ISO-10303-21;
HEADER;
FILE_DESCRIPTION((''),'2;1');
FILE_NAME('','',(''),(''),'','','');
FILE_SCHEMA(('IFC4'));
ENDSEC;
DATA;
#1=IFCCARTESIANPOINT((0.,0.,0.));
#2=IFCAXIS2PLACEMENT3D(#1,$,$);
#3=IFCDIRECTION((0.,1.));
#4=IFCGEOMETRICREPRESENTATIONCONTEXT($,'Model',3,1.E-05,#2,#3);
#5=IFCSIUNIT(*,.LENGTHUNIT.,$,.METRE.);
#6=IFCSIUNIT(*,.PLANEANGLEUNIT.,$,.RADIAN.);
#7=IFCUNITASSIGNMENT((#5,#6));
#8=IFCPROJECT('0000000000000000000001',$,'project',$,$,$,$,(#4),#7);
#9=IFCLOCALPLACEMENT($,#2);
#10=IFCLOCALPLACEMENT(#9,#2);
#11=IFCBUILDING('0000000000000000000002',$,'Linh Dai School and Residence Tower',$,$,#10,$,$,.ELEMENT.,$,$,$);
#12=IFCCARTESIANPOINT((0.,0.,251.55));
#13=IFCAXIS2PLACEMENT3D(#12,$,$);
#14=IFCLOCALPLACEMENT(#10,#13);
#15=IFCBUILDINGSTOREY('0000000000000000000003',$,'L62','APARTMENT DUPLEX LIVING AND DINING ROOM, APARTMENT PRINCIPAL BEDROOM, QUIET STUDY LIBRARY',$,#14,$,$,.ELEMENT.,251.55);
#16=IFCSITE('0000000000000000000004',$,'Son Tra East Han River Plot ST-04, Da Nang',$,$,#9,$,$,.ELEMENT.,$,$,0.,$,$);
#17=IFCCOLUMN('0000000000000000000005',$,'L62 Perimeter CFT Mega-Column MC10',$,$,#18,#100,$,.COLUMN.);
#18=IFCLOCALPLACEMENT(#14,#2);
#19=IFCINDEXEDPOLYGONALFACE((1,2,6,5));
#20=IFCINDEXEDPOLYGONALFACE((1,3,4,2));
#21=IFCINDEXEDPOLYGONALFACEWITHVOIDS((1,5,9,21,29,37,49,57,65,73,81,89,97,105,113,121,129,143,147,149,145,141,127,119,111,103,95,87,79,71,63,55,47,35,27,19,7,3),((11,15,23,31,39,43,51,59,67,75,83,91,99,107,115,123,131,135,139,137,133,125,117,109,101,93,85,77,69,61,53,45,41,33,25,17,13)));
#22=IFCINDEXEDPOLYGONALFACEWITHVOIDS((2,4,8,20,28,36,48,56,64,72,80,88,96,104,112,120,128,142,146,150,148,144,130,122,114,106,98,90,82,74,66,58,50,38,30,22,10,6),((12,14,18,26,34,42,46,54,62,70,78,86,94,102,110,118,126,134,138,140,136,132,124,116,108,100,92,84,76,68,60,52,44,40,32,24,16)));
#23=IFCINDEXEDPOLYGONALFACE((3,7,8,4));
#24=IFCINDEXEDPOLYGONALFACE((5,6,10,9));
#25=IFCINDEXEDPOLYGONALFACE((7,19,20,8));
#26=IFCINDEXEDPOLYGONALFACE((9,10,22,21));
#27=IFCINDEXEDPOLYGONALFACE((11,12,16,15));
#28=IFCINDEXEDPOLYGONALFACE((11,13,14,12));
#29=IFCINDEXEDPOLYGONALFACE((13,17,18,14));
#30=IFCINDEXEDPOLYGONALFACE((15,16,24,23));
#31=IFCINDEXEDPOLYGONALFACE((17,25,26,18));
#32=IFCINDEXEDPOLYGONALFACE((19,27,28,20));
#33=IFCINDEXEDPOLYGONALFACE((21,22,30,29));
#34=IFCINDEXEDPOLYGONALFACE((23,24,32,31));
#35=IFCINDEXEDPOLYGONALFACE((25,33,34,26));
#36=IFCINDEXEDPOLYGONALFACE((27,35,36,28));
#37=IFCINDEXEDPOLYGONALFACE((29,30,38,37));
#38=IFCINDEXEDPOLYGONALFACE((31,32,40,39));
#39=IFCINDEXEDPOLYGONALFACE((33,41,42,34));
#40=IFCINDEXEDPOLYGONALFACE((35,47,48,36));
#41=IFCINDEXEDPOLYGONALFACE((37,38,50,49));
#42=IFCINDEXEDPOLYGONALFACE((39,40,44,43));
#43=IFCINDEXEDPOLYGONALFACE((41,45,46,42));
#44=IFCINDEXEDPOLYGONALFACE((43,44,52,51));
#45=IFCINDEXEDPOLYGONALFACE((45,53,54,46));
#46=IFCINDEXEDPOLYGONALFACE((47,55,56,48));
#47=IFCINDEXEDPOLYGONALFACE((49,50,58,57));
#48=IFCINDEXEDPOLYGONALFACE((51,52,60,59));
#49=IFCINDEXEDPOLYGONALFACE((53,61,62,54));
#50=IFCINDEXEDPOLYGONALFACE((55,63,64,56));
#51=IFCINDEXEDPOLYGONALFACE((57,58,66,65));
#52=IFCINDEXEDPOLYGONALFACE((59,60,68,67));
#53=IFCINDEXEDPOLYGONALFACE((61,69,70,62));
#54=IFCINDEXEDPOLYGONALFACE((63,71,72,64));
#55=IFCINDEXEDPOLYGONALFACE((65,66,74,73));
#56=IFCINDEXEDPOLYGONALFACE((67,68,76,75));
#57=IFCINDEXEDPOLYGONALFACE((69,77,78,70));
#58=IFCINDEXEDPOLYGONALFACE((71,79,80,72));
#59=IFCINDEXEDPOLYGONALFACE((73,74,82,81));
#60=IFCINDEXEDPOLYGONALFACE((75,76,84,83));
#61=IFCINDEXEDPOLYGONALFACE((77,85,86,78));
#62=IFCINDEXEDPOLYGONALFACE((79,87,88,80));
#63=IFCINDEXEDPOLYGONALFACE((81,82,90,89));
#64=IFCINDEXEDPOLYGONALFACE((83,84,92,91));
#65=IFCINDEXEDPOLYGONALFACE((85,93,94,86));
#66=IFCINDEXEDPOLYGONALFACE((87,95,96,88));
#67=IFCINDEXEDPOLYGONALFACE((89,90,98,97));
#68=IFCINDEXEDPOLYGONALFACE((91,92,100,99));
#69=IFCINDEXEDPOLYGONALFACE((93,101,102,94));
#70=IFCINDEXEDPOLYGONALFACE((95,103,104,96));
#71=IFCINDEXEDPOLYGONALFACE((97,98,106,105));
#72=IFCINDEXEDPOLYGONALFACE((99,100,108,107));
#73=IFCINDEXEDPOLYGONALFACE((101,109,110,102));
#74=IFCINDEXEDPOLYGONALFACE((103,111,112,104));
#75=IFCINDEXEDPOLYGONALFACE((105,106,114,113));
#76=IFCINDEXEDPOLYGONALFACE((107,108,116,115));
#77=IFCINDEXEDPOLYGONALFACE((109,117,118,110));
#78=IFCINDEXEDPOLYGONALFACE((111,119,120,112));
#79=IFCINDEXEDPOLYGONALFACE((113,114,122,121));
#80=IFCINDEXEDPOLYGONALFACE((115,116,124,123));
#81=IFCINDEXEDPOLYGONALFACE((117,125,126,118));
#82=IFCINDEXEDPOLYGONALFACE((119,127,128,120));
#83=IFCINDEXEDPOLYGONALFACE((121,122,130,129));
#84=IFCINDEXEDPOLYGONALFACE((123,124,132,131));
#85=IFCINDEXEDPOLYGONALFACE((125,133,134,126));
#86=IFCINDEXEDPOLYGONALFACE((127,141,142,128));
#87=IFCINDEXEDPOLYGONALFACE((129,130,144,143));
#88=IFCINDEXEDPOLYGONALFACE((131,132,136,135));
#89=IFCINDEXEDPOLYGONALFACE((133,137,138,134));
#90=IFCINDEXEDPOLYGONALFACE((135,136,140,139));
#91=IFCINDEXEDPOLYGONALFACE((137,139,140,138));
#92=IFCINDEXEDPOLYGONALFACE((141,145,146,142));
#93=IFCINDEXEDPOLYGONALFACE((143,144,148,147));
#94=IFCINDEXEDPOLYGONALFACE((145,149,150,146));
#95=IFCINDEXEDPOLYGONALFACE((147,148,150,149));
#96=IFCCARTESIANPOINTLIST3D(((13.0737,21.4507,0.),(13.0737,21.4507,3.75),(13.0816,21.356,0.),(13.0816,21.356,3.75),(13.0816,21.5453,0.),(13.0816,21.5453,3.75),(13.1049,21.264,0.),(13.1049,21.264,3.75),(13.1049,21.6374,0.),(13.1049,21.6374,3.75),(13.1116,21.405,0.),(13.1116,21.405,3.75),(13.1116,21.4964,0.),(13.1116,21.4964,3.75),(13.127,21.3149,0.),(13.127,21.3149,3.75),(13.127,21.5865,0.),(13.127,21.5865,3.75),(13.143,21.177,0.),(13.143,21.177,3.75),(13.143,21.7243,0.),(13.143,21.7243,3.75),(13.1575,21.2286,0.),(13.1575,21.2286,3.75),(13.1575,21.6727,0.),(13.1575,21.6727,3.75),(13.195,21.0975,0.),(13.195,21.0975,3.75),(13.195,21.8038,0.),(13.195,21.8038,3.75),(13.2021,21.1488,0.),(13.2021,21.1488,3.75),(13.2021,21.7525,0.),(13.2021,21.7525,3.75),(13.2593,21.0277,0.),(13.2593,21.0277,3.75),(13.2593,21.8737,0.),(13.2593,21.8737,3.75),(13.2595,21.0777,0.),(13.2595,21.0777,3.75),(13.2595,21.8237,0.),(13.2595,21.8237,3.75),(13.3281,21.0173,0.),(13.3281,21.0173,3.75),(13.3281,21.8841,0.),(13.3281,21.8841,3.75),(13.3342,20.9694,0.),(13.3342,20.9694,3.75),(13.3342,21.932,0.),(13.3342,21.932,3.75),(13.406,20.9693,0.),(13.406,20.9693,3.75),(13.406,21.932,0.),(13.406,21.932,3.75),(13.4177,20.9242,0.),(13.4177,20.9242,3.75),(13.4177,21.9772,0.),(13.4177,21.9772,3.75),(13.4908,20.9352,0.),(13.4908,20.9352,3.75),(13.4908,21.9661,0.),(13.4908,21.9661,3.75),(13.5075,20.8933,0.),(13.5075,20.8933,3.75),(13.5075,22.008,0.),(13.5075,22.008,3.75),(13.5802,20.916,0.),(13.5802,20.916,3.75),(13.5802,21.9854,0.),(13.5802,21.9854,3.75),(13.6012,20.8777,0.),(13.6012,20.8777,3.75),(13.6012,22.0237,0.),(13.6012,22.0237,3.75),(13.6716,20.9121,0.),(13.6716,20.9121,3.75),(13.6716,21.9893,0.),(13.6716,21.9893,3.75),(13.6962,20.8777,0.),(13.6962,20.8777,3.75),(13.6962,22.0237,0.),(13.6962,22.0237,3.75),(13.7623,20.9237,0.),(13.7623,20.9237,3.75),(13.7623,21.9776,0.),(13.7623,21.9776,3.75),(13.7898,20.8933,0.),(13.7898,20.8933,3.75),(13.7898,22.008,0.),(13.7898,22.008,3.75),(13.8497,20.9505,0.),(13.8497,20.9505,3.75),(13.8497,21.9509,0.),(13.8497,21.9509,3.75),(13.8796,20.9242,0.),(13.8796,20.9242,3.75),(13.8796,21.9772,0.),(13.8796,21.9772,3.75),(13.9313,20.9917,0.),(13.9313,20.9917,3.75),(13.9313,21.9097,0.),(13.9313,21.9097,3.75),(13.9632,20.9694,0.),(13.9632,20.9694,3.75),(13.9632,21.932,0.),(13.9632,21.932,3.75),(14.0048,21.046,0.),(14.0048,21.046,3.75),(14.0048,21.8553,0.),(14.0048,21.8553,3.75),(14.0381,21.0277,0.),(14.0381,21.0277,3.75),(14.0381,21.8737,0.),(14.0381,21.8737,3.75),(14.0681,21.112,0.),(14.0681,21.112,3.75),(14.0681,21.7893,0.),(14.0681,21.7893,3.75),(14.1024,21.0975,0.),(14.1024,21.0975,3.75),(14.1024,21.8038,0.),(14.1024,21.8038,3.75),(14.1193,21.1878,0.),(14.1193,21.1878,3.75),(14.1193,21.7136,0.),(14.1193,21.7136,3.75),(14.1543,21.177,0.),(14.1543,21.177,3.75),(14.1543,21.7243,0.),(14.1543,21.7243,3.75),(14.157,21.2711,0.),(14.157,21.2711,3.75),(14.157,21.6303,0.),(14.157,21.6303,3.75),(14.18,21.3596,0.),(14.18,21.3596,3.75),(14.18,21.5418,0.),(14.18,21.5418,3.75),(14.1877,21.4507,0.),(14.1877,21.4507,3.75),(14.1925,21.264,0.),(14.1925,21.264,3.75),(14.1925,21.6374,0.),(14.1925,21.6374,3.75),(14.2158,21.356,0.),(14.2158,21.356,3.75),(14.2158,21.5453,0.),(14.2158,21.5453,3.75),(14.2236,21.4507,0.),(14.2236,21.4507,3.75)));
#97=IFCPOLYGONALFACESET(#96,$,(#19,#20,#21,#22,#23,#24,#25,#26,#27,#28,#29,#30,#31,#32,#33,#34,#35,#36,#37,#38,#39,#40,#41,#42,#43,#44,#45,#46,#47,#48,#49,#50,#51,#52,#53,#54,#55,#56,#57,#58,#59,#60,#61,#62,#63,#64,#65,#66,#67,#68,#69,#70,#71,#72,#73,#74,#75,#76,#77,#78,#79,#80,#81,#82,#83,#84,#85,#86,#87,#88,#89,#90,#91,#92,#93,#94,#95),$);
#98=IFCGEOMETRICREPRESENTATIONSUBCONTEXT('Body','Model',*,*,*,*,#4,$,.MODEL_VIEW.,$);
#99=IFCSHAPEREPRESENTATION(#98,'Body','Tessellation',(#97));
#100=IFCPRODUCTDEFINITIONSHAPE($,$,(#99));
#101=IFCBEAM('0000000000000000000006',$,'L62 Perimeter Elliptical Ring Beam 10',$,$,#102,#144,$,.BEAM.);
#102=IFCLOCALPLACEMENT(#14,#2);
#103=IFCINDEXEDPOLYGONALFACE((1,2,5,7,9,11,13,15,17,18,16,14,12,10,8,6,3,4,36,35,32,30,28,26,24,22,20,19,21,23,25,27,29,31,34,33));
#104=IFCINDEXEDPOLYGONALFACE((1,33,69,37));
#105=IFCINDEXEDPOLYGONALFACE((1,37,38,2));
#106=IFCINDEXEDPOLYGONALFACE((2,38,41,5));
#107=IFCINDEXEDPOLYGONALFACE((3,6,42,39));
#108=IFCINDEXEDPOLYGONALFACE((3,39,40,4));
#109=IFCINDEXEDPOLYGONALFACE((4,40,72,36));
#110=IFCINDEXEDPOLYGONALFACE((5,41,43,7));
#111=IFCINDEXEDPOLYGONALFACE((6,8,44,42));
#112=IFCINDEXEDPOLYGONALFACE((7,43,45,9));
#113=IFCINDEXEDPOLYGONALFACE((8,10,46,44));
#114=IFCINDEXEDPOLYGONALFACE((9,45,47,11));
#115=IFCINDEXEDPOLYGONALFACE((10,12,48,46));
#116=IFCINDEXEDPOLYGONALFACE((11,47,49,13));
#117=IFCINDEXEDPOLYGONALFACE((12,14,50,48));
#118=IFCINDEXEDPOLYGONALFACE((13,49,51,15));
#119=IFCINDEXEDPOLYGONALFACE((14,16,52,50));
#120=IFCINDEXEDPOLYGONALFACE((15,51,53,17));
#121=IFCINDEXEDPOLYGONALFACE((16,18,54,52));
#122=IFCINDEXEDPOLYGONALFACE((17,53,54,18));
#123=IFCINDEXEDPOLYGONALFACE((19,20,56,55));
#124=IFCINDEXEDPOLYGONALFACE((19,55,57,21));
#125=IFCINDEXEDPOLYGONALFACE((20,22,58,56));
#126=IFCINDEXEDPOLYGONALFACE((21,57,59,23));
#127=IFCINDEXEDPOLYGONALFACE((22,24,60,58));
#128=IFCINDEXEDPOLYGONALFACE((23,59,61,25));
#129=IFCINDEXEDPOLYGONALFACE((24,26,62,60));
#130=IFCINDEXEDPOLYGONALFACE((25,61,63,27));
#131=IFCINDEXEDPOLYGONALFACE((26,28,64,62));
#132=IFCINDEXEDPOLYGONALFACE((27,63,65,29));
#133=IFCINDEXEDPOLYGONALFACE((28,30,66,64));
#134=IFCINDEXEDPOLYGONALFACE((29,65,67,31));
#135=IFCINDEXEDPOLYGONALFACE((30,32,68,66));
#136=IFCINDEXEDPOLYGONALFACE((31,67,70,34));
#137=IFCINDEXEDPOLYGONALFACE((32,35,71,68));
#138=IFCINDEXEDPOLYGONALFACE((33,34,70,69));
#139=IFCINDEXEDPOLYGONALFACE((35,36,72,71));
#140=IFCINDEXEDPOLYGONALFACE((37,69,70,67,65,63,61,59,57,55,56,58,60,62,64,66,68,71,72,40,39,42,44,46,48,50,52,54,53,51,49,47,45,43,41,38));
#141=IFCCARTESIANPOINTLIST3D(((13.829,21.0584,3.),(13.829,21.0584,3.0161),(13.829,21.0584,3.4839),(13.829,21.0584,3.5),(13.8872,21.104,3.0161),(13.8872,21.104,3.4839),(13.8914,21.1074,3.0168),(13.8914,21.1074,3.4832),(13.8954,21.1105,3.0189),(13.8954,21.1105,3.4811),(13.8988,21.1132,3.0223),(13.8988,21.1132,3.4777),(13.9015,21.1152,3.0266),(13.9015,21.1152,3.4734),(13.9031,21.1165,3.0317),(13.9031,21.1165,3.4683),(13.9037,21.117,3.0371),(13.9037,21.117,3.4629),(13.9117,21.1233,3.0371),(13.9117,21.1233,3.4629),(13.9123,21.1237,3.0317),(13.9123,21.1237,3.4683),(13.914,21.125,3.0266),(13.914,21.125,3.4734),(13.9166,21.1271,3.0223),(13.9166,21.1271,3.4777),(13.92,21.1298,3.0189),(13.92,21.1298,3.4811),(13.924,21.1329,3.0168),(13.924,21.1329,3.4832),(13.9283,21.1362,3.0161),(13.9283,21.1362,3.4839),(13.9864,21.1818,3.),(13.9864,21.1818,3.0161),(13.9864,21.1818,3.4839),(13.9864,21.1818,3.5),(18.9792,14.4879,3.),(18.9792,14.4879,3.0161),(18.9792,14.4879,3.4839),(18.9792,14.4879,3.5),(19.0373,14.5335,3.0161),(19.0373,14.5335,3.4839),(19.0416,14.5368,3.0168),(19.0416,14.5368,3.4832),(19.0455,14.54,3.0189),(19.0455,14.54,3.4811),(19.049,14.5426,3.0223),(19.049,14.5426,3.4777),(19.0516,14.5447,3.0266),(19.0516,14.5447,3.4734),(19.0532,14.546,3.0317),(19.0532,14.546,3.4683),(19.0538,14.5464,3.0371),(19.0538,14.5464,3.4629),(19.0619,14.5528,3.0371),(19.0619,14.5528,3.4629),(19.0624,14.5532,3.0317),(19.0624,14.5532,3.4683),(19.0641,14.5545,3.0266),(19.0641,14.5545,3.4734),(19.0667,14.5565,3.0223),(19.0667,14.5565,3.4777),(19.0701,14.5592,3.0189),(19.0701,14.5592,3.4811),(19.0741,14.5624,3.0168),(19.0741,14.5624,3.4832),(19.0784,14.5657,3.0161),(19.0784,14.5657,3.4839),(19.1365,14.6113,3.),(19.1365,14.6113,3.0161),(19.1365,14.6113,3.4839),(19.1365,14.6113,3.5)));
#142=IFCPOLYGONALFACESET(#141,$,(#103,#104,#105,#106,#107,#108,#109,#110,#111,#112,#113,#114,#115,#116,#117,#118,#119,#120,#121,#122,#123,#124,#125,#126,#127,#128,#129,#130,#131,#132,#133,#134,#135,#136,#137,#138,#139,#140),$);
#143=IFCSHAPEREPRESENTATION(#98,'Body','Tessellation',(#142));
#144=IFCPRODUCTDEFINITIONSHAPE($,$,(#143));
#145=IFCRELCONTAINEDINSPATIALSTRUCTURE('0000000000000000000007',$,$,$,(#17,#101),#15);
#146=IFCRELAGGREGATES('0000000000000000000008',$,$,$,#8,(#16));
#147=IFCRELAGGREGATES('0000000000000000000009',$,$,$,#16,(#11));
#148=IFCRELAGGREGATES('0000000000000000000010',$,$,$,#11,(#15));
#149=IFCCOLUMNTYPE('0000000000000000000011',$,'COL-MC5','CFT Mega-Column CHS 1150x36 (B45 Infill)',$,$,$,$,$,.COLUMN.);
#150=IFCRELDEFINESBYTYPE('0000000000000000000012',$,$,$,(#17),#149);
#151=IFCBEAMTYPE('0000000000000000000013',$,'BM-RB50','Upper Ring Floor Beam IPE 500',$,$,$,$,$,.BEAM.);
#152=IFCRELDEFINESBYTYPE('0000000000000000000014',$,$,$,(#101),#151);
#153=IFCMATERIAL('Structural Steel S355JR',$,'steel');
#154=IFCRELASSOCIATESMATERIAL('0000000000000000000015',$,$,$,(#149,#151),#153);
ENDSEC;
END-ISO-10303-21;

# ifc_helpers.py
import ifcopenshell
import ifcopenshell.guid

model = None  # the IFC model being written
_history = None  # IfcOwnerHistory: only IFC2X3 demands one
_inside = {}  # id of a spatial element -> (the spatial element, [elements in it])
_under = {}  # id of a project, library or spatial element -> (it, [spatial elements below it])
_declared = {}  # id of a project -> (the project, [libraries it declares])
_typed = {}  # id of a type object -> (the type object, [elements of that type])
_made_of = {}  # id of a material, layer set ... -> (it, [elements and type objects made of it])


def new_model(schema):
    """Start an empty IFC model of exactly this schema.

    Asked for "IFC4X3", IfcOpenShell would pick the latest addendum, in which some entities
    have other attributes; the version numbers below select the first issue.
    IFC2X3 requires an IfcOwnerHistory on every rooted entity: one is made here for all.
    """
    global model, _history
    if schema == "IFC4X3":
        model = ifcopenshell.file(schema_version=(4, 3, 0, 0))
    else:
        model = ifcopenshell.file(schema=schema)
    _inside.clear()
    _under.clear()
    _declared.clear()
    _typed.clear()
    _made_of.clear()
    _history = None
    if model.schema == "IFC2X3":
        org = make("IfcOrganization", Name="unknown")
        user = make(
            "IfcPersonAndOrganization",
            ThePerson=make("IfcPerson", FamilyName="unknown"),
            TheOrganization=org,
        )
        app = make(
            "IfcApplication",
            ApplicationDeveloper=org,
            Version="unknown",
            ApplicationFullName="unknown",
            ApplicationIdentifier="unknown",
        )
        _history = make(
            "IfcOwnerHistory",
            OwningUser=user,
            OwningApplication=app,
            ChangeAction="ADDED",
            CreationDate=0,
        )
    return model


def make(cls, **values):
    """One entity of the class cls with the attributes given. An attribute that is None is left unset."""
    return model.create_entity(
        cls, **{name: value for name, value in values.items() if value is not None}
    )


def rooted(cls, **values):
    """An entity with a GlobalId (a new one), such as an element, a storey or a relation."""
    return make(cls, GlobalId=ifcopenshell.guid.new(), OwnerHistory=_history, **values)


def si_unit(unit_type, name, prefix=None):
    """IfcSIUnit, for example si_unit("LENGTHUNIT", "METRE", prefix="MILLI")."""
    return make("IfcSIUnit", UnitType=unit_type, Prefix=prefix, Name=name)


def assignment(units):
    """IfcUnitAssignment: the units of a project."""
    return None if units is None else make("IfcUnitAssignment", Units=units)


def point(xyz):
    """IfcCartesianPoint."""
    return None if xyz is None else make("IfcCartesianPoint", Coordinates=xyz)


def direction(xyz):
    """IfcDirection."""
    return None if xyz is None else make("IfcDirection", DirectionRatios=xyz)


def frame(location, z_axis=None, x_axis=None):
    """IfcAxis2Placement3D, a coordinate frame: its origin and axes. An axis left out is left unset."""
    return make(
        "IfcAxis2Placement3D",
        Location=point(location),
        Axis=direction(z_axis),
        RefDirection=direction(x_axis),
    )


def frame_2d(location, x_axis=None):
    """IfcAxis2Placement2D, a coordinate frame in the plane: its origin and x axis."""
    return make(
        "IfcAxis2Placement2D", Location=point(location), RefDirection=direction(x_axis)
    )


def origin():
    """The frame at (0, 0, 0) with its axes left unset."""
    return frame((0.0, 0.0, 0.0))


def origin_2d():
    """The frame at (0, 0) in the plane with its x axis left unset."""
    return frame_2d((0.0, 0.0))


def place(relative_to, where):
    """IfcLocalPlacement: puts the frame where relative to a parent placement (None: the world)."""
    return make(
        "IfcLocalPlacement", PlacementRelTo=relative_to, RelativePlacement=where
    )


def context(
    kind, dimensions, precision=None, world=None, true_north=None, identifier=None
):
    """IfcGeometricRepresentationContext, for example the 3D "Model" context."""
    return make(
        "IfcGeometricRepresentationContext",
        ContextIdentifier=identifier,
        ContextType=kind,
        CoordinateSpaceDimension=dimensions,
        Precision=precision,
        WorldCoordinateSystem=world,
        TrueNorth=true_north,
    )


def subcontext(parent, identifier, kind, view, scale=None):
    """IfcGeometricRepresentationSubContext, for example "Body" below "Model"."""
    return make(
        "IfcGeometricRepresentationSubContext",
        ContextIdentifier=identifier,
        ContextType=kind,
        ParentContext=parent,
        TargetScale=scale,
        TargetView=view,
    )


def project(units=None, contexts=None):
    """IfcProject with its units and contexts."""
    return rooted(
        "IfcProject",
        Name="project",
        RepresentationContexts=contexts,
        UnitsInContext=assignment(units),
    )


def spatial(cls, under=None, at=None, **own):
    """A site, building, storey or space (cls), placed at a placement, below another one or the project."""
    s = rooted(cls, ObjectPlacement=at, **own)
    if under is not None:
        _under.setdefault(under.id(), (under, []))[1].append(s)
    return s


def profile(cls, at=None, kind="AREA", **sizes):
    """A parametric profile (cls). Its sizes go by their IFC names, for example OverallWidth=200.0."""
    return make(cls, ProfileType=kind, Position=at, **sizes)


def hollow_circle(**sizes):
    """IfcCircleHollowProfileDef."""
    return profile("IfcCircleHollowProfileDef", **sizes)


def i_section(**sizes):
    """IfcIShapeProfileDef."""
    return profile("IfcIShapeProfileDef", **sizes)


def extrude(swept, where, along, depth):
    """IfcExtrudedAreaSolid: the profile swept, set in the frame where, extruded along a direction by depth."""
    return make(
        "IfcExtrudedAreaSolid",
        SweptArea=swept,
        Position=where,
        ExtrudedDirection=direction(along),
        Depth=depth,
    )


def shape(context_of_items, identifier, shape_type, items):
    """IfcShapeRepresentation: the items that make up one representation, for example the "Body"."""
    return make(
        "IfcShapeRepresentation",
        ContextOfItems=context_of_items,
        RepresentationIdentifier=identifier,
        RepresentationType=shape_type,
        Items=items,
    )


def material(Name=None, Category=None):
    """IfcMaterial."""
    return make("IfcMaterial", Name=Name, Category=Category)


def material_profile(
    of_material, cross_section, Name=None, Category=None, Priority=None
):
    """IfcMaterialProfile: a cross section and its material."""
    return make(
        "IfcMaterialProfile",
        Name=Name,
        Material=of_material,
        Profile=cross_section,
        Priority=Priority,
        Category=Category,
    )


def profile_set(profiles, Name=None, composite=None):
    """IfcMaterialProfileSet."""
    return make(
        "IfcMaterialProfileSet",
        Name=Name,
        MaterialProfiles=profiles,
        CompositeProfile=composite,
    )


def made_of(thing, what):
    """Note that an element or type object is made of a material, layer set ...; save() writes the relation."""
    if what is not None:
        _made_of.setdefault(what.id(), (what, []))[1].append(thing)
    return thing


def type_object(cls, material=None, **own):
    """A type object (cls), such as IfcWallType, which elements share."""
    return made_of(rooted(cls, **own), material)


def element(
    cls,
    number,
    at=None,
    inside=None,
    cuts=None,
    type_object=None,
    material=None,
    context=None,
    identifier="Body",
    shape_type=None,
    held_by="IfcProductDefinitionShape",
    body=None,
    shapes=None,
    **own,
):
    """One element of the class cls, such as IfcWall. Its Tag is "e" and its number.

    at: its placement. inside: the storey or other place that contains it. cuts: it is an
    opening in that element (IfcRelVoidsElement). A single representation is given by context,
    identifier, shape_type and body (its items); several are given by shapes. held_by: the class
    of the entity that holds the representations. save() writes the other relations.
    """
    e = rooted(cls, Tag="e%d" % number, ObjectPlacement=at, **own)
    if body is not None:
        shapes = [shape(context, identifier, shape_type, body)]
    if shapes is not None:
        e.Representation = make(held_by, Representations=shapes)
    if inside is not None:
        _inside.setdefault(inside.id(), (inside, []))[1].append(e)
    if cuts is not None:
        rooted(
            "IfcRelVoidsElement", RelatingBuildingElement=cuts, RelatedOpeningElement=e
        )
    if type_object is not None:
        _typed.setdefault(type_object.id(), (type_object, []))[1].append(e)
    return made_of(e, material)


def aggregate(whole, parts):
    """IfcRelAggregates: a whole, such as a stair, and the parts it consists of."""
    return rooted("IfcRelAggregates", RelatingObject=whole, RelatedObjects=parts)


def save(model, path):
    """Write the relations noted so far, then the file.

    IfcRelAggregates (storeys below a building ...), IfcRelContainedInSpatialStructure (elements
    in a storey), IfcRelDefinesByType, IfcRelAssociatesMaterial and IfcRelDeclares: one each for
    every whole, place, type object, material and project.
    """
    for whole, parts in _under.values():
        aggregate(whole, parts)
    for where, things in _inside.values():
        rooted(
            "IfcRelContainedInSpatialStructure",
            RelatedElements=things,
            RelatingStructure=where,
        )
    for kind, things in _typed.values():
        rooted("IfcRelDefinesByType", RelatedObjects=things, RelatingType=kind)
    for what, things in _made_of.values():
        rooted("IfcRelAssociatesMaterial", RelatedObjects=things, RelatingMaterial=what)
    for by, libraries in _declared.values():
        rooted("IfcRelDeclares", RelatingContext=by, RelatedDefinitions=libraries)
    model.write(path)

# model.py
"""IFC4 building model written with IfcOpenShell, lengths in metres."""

from ifc_helpers import new_model, si_unit, direction, frame, origin, origin_2d, place, context, subcontext, project, spatial, hollow_circle, i_section, extrude, material, material_profile, profile_set, type_object, element, save


model = new_model("IFC4")

# Units and contexts
model_context = context("Model", 3, precision=1e-05, world=origin(), true_north=direction((0.0, 1.0)))
body_context = subcontext(model_context, "Body", "Model", "MODEL_VIEW")
ifc_project = project(units=[si_unit("LENGTHUNIT", "METRE"), si_unit("PLANEANGLEUNIT", "RADIAN")], contexts=[model_context])

# Site, building, storey
site_placement = place(None, origin())
site = spatial("IfcSite", under=ifc_project, at=site_placement, Name="Son Tra East Han River Plot ST-04, Da Nang", CompositionType="ELEMENT", RefElevation=0.0)
building_placement = place(site_placement, origin())
building = spatial("IfcBuilding", under=site, at=building_placement, Name="Linh Dai School and Residence Tower", CompositionType="ELEMENT")
storey_placement = place(building_placement, frame((0.0, 0.0, 251.55)))
storey = spatial("IfcBuildingStorey", under=building, at=storey_placement, Name="L62", Description="APARTMENT DUPLEX LIVING AND DINING ROOM, APARTMENT PRINCIPAL BEDROOM, QUIET STUDY LIBRARY", CompositionType="ELEMENT", Elevation=251.55)

# Column
ifc_material_1 = material(Name="Structural Steel S355JR", Category="steel")
ifc_material_profile_1 = material_profile(ifc_material_1, hollow_circle(Radius=0.575, WallThickness=0.0359, at=origin_2d()), Name="CHS 1150x36")
ifc_profile_set_1 = profile_set([ifc_material_profile_1], Name="Structural Steel S355JR")
column_type = type_object("IfcColumnType", Name="COL-MC5", Description="CFT Mega-Column CHS 1150x36 (B45 Infill)", PredefinedType="COLUMN", material=ifc_profile_set_1)
column_placement = place(storey_placement, frame((13.6487, 21.4507, 0.0), z_axis=(0.0, 0.0, 1.0), x_axis=(1.0, 0.0, 0.0)))
element("IfcColumn", 1, at=column_placement, inside=storey, type_object=column_type, Name="L62 Perimeter CFT Mega-Column MC10", PredefinedType="COLUMN", context=body_context, shape_type="SweptSolid", body=[
    extrude(hollow_circle(Radius=0.575, WallThickness=0.0359, at=origin_2d()), origin(), (0.0, 0.0, 1.0), 3.75),
])

# Beam
ifc_material_profile_2 = material_profile(ifc_material_1, i_section(OverallWidth=0.2, OverallDepth=0.5, WebThickness=0.0103, FlangeThickness=0.0161, FilletRadius=0.021, at=origin_2d()), Name="IPE 500")
ifc_profile_set_2 = profile_set([ifc_material_profile_2], Name="Structural Steel S355JR")
beam_type = type_object("IfcBeamType", Name="BM-RB50", Description="Upper Ring Floor Beam IPE 500", PredefinedType="BEAM", material=ifc_profile_set_2)
beam_placement = place(storey_placement, frame((13.9077, 21.1201, 3.25), z_axis=(0.6169, -0.787041, 0.0), x_axis=(0.787041, 0.6169, 0.0)))
element("IfcBeam", 2, at=beam_placement, inside=storey, type_object=beam_type, Name="L62 Perimeter Elliptical Ring Beam 10", PredefinedType="BEAM", context=body_context, shape_type="SweptSolid", body=[
    extrude(i_section(OverallWidth=0.2, OverallDepth=0.5, WebThickness=0.0103, FlangeThickness=0.0161, FilletRadius=0.021, at=origin_2d()), origin(), (0.0, 0.0, 1.0), 8.3484),
])

save(model, "model.ifc")
